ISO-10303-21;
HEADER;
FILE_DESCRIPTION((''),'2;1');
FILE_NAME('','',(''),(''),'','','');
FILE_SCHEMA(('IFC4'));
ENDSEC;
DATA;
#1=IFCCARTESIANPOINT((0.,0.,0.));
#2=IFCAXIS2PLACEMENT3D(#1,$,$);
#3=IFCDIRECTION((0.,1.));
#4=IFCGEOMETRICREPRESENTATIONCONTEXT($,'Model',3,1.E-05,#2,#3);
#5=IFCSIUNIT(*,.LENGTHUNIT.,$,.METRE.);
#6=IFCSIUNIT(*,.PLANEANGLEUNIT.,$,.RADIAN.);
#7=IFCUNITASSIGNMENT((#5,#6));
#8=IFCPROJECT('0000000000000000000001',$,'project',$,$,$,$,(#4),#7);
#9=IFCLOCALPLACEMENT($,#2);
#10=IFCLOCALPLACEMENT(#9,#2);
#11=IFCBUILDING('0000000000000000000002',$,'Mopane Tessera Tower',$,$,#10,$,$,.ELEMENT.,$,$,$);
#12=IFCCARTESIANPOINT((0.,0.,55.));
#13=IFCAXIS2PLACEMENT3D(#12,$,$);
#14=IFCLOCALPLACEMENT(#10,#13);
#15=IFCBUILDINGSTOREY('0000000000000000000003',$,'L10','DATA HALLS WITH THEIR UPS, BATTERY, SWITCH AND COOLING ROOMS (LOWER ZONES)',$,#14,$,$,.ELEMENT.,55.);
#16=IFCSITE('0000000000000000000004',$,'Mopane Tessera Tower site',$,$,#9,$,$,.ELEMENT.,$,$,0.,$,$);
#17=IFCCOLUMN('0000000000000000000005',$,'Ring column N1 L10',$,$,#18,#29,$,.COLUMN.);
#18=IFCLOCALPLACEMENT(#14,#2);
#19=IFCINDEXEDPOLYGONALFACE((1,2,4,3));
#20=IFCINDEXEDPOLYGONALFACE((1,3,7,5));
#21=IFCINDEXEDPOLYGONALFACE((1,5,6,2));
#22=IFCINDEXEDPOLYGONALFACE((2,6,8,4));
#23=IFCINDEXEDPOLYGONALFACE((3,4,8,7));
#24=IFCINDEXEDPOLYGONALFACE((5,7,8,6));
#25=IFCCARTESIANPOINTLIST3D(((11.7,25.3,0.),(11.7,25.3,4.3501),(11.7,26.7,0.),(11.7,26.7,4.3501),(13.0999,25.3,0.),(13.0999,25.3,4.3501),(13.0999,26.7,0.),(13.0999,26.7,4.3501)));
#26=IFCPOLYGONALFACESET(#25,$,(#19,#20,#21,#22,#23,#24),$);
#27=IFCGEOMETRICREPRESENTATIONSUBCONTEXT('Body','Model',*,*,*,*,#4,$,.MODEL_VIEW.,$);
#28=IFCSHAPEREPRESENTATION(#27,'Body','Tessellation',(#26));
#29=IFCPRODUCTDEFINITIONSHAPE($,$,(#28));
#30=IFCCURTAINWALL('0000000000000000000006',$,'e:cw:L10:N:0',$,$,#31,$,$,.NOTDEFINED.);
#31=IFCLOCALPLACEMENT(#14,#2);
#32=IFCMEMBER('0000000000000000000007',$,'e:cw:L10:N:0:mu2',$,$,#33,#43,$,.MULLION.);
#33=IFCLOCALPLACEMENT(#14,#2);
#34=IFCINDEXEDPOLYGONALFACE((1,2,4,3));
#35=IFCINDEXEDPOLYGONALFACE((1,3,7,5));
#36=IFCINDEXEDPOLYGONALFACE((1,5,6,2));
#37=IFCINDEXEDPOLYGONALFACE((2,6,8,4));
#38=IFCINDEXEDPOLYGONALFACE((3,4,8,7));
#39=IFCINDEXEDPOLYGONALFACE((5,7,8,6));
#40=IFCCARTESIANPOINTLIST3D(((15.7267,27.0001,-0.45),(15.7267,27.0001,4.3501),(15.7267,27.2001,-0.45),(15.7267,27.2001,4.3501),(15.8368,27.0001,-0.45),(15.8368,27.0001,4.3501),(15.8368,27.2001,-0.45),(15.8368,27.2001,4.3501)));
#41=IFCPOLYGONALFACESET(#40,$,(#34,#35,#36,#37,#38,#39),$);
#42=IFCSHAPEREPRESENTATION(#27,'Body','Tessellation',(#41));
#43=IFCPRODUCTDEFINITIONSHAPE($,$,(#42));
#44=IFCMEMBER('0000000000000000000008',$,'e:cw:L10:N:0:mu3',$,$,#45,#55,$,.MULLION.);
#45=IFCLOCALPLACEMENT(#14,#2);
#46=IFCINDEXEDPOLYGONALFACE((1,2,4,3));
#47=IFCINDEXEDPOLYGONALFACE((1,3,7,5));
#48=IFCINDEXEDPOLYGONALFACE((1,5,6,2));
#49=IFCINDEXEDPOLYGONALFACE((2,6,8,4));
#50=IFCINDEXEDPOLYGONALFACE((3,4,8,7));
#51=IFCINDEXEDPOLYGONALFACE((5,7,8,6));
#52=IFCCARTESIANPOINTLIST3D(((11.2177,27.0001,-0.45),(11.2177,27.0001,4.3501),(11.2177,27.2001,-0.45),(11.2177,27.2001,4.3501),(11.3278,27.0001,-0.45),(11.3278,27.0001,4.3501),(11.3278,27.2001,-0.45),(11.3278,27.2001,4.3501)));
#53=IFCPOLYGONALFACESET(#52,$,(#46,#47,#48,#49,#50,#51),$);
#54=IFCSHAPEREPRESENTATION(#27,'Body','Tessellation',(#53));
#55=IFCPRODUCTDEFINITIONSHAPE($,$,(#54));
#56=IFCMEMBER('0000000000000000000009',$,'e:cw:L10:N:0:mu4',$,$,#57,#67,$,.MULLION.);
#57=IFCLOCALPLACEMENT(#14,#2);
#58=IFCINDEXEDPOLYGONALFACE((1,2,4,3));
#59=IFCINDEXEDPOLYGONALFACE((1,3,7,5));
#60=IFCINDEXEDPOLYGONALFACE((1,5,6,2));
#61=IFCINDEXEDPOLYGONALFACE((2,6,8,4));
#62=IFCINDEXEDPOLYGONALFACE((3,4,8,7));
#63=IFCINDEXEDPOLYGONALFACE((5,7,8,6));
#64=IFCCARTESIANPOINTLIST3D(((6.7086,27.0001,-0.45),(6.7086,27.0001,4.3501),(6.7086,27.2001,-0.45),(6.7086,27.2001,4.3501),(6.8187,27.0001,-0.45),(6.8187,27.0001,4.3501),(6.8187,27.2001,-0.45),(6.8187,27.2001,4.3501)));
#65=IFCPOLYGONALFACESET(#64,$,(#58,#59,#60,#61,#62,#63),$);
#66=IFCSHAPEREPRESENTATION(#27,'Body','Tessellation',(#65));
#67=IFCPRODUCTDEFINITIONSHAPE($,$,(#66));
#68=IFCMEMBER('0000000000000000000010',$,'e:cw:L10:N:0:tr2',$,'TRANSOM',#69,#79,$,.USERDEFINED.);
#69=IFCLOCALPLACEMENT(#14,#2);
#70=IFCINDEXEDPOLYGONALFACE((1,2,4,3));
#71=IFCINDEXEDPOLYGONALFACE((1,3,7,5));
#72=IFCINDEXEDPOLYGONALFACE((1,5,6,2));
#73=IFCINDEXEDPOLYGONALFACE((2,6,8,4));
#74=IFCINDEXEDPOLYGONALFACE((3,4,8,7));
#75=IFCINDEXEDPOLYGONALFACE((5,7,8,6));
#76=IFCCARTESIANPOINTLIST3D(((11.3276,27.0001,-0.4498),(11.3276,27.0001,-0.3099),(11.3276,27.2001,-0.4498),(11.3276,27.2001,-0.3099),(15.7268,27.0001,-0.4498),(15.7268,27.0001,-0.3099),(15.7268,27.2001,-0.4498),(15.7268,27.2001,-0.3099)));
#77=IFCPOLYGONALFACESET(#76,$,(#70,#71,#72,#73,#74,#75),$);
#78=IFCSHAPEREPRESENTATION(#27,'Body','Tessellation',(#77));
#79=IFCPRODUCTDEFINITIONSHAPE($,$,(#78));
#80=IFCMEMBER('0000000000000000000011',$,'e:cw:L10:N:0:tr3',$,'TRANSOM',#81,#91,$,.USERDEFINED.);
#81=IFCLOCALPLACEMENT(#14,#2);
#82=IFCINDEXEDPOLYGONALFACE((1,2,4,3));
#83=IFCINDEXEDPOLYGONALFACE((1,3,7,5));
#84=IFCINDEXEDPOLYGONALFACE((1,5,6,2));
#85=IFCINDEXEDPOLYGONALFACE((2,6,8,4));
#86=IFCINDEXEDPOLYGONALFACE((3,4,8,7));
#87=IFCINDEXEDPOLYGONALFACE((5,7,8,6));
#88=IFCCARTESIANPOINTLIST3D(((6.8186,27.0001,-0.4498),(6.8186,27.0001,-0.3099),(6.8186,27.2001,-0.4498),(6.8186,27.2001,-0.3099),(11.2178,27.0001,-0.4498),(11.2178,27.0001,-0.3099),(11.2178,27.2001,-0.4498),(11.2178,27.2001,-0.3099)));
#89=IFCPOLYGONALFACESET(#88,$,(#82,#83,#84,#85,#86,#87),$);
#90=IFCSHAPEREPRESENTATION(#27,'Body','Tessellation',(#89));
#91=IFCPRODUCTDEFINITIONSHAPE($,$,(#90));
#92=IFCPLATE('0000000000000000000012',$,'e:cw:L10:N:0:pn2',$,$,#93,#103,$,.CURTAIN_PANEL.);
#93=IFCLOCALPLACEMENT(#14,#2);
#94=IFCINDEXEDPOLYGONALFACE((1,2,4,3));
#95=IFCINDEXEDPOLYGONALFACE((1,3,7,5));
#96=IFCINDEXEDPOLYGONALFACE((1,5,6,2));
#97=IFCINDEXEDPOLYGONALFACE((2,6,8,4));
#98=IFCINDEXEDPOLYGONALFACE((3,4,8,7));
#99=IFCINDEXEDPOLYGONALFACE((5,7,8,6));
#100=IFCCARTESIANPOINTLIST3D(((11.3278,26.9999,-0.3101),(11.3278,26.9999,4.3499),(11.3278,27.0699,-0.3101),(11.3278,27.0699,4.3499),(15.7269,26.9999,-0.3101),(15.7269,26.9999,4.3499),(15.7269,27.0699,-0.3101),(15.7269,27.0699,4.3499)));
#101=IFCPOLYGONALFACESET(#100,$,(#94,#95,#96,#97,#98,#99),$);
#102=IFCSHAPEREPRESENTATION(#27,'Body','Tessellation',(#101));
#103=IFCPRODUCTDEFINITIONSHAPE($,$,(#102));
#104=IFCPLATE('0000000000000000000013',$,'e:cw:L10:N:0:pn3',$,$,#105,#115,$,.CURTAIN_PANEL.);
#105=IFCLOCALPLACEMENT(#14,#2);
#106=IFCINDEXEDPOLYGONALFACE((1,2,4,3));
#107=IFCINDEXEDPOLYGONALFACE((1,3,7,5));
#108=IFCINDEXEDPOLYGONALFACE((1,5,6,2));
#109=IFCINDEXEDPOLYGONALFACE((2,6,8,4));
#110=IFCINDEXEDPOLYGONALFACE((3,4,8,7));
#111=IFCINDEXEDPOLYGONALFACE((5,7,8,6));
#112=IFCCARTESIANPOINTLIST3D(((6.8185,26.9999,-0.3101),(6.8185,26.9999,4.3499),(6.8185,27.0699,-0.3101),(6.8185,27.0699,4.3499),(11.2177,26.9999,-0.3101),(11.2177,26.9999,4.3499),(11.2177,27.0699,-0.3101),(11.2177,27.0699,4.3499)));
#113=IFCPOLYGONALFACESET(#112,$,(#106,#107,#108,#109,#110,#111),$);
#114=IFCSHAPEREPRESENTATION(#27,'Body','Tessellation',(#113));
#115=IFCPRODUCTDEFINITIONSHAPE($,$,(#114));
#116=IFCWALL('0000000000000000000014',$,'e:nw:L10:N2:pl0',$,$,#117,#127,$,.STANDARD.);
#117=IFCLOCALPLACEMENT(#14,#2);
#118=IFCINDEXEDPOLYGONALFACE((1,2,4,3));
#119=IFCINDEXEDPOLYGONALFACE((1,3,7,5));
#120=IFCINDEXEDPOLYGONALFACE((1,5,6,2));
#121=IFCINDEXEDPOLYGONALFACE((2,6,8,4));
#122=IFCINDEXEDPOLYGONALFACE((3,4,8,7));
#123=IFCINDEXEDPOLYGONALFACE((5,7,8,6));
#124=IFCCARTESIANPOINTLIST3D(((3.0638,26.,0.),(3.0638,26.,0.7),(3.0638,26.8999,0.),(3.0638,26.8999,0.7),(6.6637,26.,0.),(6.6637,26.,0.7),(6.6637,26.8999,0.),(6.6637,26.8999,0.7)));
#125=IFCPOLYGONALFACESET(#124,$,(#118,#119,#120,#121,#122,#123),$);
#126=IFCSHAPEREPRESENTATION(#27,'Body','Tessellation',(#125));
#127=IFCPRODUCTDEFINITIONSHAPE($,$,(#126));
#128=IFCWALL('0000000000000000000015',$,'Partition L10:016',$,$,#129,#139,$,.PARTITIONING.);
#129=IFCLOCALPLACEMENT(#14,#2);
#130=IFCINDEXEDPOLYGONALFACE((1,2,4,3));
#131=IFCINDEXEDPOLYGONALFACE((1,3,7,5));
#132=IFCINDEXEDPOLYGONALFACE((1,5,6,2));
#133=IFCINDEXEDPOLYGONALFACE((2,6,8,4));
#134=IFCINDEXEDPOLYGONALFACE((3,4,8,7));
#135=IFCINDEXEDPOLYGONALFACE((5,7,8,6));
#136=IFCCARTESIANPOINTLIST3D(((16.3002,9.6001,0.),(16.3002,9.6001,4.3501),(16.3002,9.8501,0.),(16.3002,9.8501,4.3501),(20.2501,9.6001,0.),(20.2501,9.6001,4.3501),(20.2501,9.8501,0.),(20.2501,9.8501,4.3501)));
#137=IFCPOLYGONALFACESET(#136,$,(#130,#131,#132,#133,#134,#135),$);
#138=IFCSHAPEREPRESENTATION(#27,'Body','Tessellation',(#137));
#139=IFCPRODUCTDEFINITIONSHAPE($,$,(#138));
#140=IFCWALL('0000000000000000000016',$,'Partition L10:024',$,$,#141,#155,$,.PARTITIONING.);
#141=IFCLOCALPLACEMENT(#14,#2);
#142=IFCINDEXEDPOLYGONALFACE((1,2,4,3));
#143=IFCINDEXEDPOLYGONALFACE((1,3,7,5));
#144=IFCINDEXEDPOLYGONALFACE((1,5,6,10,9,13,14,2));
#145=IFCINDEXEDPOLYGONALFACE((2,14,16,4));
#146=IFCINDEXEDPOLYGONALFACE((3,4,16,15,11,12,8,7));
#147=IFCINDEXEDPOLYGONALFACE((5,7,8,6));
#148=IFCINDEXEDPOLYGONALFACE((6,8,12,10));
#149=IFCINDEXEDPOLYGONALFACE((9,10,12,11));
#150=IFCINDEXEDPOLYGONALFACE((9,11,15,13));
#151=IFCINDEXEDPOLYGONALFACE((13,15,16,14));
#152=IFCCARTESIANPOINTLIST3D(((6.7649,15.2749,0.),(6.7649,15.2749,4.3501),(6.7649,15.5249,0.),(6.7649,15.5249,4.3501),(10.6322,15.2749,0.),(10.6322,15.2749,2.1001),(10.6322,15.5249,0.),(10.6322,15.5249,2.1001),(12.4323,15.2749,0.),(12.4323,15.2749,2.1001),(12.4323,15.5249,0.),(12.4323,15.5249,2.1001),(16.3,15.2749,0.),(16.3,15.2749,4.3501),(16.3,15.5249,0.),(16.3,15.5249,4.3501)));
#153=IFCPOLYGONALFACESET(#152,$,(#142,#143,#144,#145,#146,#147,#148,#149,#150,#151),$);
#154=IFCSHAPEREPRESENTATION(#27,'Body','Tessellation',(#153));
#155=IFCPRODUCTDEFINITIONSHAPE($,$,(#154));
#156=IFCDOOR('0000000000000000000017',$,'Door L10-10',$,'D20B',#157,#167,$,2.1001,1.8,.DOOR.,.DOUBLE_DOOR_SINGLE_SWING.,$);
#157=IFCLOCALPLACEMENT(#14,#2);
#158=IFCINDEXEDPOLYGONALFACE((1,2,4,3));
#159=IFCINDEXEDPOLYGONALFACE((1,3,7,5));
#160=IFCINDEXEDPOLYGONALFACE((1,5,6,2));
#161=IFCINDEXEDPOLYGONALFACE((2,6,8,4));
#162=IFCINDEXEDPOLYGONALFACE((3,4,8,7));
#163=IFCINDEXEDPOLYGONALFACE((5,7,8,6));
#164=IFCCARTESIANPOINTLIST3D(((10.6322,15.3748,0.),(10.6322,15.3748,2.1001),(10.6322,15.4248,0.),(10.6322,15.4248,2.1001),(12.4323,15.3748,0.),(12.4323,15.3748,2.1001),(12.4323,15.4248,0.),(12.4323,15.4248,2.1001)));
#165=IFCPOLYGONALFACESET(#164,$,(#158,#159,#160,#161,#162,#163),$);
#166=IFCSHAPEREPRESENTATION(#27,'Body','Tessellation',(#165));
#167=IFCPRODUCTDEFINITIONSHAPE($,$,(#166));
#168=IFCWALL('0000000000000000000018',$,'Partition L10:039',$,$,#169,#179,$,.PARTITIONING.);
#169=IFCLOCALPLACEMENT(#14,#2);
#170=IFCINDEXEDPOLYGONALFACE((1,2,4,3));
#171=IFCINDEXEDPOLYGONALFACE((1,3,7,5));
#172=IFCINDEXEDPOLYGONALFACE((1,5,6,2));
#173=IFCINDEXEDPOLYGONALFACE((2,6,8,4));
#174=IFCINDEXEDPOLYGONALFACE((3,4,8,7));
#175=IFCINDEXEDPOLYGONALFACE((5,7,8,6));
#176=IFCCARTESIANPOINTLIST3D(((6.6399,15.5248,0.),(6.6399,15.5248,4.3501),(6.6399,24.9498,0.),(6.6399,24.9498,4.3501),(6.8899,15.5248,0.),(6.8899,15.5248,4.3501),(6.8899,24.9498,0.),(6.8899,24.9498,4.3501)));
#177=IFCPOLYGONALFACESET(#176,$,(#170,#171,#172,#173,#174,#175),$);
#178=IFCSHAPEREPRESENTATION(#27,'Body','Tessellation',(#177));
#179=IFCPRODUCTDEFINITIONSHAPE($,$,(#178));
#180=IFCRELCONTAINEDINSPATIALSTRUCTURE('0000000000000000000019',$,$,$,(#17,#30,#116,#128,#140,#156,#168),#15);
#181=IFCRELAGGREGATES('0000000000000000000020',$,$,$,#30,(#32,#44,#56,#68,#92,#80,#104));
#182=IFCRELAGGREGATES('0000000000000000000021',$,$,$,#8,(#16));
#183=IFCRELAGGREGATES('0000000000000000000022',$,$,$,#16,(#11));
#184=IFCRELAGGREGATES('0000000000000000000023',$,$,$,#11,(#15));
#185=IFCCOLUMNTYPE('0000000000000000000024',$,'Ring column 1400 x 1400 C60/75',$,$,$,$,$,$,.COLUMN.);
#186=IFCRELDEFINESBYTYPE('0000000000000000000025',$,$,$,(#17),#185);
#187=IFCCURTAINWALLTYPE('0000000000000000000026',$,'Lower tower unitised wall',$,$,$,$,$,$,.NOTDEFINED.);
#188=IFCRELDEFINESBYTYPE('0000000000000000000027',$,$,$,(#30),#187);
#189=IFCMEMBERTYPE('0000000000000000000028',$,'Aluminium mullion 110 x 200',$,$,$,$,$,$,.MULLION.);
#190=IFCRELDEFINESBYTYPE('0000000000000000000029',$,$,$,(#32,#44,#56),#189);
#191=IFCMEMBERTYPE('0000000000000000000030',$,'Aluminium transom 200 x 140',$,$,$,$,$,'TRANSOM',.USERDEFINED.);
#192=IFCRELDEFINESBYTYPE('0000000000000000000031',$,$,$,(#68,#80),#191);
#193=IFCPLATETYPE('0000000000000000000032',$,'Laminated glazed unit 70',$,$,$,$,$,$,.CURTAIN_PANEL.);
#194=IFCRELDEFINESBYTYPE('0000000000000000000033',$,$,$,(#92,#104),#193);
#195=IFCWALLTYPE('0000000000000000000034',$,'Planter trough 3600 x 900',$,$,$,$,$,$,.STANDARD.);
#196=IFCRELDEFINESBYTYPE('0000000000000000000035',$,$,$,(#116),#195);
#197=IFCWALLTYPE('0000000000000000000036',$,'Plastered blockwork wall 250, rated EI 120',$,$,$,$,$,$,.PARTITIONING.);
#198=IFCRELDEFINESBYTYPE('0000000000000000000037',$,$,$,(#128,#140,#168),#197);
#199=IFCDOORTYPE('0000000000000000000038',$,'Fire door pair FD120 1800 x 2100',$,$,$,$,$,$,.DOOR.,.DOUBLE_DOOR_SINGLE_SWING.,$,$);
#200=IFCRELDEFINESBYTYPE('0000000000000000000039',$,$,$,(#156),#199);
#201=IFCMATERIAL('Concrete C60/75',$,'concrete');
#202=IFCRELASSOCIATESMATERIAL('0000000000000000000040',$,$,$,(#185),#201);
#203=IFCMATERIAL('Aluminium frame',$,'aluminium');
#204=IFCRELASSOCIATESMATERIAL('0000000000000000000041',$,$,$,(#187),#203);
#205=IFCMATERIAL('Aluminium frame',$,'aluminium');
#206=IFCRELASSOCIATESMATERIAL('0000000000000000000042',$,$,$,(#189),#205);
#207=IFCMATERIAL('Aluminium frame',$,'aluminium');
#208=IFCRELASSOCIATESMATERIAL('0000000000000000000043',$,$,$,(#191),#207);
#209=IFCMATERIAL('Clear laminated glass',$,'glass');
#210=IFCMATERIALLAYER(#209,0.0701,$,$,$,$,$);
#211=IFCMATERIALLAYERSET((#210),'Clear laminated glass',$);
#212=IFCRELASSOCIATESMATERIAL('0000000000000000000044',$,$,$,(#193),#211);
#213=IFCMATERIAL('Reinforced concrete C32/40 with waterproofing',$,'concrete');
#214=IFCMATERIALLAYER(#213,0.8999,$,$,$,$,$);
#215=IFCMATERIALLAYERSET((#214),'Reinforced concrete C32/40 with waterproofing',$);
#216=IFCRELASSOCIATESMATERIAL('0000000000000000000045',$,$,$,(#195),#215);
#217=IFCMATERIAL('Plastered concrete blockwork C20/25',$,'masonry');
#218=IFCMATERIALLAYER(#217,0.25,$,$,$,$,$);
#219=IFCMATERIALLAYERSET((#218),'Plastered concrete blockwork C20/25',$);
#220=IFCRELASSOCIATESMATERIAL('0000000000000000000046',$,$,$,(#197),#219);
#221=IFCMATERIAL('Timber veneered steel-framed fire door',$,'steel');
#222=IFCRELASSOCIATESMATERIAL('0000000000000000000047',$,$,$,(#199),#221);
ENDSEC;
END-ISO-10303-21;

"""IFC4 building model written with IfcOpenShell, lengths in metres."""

from ifc_helpers import new_model, si_unit, direction, frame, frame_2d, origin, origin_2d, place, context, subcontext, project, spatial, rectangle, extrude, material, layer, layer_set, material_profile, profile_set, type_object, element, fill, aggregate, save


model = new_model("IFC4")

# Units and contexts
model_context = context("Model", 3, precision=1e-05, world=origin(), true_north=direction((0.0, 1.0)))
body_context = subcontext(model_context, "Body", "Model", "MODEL_VIEW")
ifc_project = project(units=[si_unit("LENGTHUNIT", "METRE"), si_unit("PLANEANGLEUNIT", "RADIAN")], contexts=[model_context])

# Site, building, storey
site_placement = place(None, origin())
site = spatial("IfcSite", under=ifc_project, at=site_placement, Name="Mopane Tessera Tower site", CompositionType="ELEMENT", RefElevation=0.0)
building_placement = place(site_placement, origin())
building = spatial("IfcBuilding", under=site, at=building_placement, Name="Mopane Tessera Tower", CompositionType="ELEMENT")
storey_placement = place(building_placement, frame((0.0, 0.0, 55.0)))
storey = spatial("IfcBuildingStorey", under=building, at=storey_placement, Name="L10", Description="DATA HALLS WITH THEIR UPS, BATTERY, SWITCH AND COOLING ROOMS (LOWER ZONES)", CompositionType="ELEMENT", Elevation=55.0)

# Column
ifc_material_1 = material(Name="Concrete C60/75", Category="concrete")
ifc_material_profile_1 = material_profile(ifc_material_1, rectangle(XDim=1.3999, YDim=1.3999, at=origin_2d()))
ifc_profile_set_1 = profile_set([ifc_material_profile_1], Name="Concrete C60/75")
column_type = type_object("IfcColumnType", Name="Ring column 1400 x 1400 C60/75", PredefinedType="COLUMN", material=ifc_profile_set_1)
column_placement = place(storey_placement, frame((12.3999, 26.0, 0.0), z_axis=(0.0, 0.0, 1.0), x_axis=(1.0, 0.0, 0.0)))
element("IfcColumn", 1, at=column_placement, inside=storey, type_object=column_type, Name="Ring column N1 L10", PredefinedType="COLUMN", context=body_context, shape_type="SweptSolid", body=[
    extrude(rectangle(XDim=1.3999, YDim=1.3999, at=origin_2d()), origin(), (0.0, 0.0, 1.0), 4.3501),
])

# Curtain wall, members, plates
ifc_material_2 = material(Name="Aluminium frame", Category="aluminium")
curtain_wall_type = type_object("IfcCurtainWallType", Name="Lower tower unitised wall", PredefinedType="NOTDEFINED", material=ifc_material_2)
curtain_wall_placement = place(storey_placement, origin())
curtain_wall = element("IfcCurtainWall", 2, at=curtain_wall_placement, inside=storey, type_object=curtain_wall_type, Name="e:cw:L10:N:0", PredefinedType="NOTDEFINED")
ifc_material_3 = material(Name="Aluminium frame", Category="aluminium")
ifc_material_profile_2 = material_profile(ifc_material_3, rectangle(XDim=0.1101, YDim=0.2, at=origin_2d()))
ifc_profile_set_2 = profile_set([ifc_material_profile_2], Name="Aluminium frame")
member_type_1 = type_object("IfcMemberType", Name="Aluminium mullion 110 x 200", PredefinedType="MULLION", material=ifc_profile_set_2)
member_1_placement = place(storey_placement, frame((15.7817, 27.1001, -0.45), z_axis=(0.0, 0.0, 1.0), x_axis=(-1.0, 0.0, 0.0)))
member_1 = element("IfcMember", 3, at=member_1_placement, type_object=member_type_1, Name="e:cw:L10:N:0:mu2", PredefinedType="MULLION", context=body_context, shape_type="SweptSolid", body=[
    extrude(rectangle(XDim=0.1101, YDim=0.2, at=origin_2d()), origin(), (0.0, 0.0, 1.0), 4.8),
])
member_2_placement = place(storey_placement, frame((11.2727, 27.1001, -0.45), z_axis=(0.0, 0.0, 1.0), x_axis=(-1.0, 0.0, 0.0)))
member_2 = element("IfcMember", 4, at=member_2_placement, type_object=member_type_1, Name="e:cw:L10:N:0:mu3", PredefinedType="MULLION", context=body_context, shape_type="SweptSolid", body=[
    extrude(rectangle(XDim=0.1101, YDim=0.2, at=origin_2d()), origin(), (0.0, 0.0, 1.0), 4.8),
])
member_3_placement = place(storey_placement, frame((6.7637, 27.1001, -0.45), z_axis=(0.0, 0.0, 1.0), x_axis=(-1.0, 0.0, 0.0)))
member_3 = element("IfcMember", 5, at=member_3_placement, type_object=member_type_1, Name="e:cw:L10:N:0:mu4", PredefinedType="MULLION", context=body_context, shape_type="SweptSolid", body=[
    extrude(rectangle(XDim=0.1101, YDim=0.2, at=origin_2d()), origin(), (0.0, 0.0, 1.0), 4.8),
])
ifc_material_4 = material(Name="Aluminium frame", Category="aluminium")
ifc_material_profile_3 = material_profile(ifc_material_4, rectangle(XDim=0.2, YDim=0.1399, at=origin_2d()))
ifc_profile_set_3 = profile_set([ifc_material_profile_3], Name="Aluminium frame")
member_type_2 = type_object("IfcMemberType", Name="Aluminium transom 200 x 140", ElementType="TRANSOM", PredefinedType="USERDEFINED", material=ifc_profile_set_3)
member_4_placement = place(storey_placement, frame((15.7268, 27.1001, -0.3799), z_axis=(-1.0, 0.0, 0.0), x_axis=(0.0, -1.0, 0.0)))
member_4 = element("IfcMember", 6, at=member_4_placement, type_object=member_type_2, Name="e:cw:L10:N:0:tr2", ObjectType="TRANSOM", PredefinedType="USERDEFINED", context=body_context, shape_type="SweptSolid", body=[
    extrude(rectangle(XDim=0.2, YDim=0.1399, at=origin_2d()), origin(), (0.0, 0.0, 1.0), 4.3992),
])
member_5_placement = place(storey_placement, frame((11.2178, 27.1001, -0.3799), z_axis=(-1.0, 0.0, 0.0), x_axis=(0.0, -1.0, 0.0)))
member_5 = element("IfcMember", 7, at=member_5_placement, type_object=member_type_2, Name="e:cw:L10:N:0:tr3", ObjectType="TRANSOM", PredefinedType="USERDEFINED", context=body_context, shape_type="SweptSolid", body=[
    extrude(rectangle(XDim=0.2, YDim=0.1399, at=origin_2d()), origin(), (0.0, 0.0, 1.0), 4.3992),
])
ifc_material_5 = material(Name="Clear laminated glass", Category="glass")
ifc_layer_1 = layer(ifc_material_5, 0.0701)
ifc_layer_set_1 = layer_set([ifc_layer_1], Name="Clear laminated glass")
plate_type = type_object("IfcPlateType", Name="Laminated glazed unit 70", PredefinedType="CURTAIN_PANEL", material=ifc_layer_set_1)
plate_1_placement = place(storey_placement, frame((13.5273, 27.0349, -0.3101), z_axis=(0.0, 0.0, 1.0), x_axis=(-1.0, 0.0, 0.0)))
plate_1 = element("IfcPlate", 8, at=plate_1_placement, type_object=plate_type, Name="e:cw:L10:N:0:pn2", PredefinedType="CURTAIN_PANEL", context=body_context, shape_type="SweptSolid", body=[
    extrude(rectangle(XDim=4.3992, YDim=0.0701, at=origin_2d()), origin(), (0.0, 0.0, 1.0), 4.6599),
])
plate_2_placement = place(storey_placement, frame((9.0181, 27.0349, -0.3101), z_axis=(0.0, 0.0, 1.0), x_axis=(-1.0, 0.0, 0.0)))
plate_2 = element("IfcPlate", 9, at=plate_2_placement, type_object=plate_type, Name="e:cw:L10:N:0:pn3", PredefinedType="CURTAIN_PANEL", context=body_context, shape_type="SweptSolid", body=[
    extrude(rectangle(XDim=4.3992, YDim=0.0701, at=origin_2d()), origin(), (0.0, 0.0, 1.0), 4.6599),
])
aggregate(curtain_wall, [member_1, member_2, member_3, member_4, plate_1, member_5, plate_2])

# Walls
ifc_material_6 = material(Name="Reinforced concrete C32/40 with waterproofing", Category="concrete")
ifc_layer_2 = layer(ifc_material_6, 0.8999)
ifc_layer_set_2 = layer_set([ifc_layer_2], Name="Reinforced concrete C32/40 with waterproofing")
wall_type_1 = type_object("IfcWallType", Name="Planter trough 3600 x 900", PredefinedType="STANDARD", material=ifc_layer_set_2)
wall_1_placement = place(storey_placement, frame((6.6636, 26.45, 0.0), z_axis=(0.0, 0.0, 1.0), x_axis=(-1.0, 0.0, 0.0)))
element("IfcWall", 10, at=wall_1_placement, inside=storey, type_object=wall_type_1, Name="e:nw:L10:N2:pl0", PredefinedType="STANDARD", context=body_context, shape_type="SweptSolid", body=[
    extrude(rectangle(XDim=3.5999, YDim=0.8999, at=frame_2d((1.7998, 0.0))), origin(), (0.0, 0.0, 1.0), 0.7),
])
ifc_material_7 = material(Name="Plastered concrete blockwork C20/25", Category="masonry")
ifc_layer_3 = layer(ifc_material_7, 0.25)
ifc_layer_set_3 = layer_set([ifc_layer_3], Name="Plastered concrete blockwork C20/25")
wall_type_2 = type_object("IfcWallType", Name="Plastered blockwork wall 250, rated EI 120", PredefinedType="PARTITIONING", material=ifc_layer_set_3)
wall_2_placement = place(storey_placement, frame((16.3, 9.7251, 0.0), z_axis=(0.0, 0.0, 1.0), x_axis=(1.0, 0.0, 0.0)))
element("IfcWall", 11, at=wall_2_placement, inside=storey, type_object=wall_type_2, Name="Partition L10:016", PredefinedType="PARTITIONING", context=body_context, shape_type="SweptSolid", body=[
    extrude(rectangle(XDim=3.95, YDim=0.25, at=frame_2d((1.9751, 0.0))), origin(), (0.0, 0.0, 1.0), 4.3501),
])

# Wall, opening, door
wall_3_placement = place(storey_placement, frame((6.7649, 15.3999, 0.0), z_axis=(0.0, 0.0, 1.0), x_axis=(1.0, 0.0, 0.0)))
wall_3 = element("IfcWall", 12, at=wall_3_placement, inside=storey, type_object=wall_type_2, Name="Partition L10:024", PredefinedType="PARTITIONING", context=body_context, shape_type="SweptSolid", body=[
    extrude(rectangle(XDim=9.5352, YDim=0.25, at=frame_2d((4.7676, 0.0))), origin(), (0.0, 0.0, 1.0), 4.3501),
])
opening_1_placement = place(wall_3_placement, frame((3.8674, 0.0, 0.0)))
opening_1 = element("IfcOpeningElement", 13, at=opening_1_placement, cuts=wall_3, PredefinedType="OPENING", context=body_context, shape_type="SweptSolid", body=[
    extrude(rectangle(XDim=1.8, YDim=2.1001, at=frame_2d((0.8999, 1.05))), frame((0.0, 0.137, 0.0), z_axis=(0.0, -1.0, 0.0), x_axis=(1.0, 0.0, 0.0)), (0.0, 0.0, 1.0), 0.2739),
])
ifc_material_8 = material(Name="Timber veneered steel-framed fire door", Category="steel")
door_type_1 = type_object("IfcDoorType", Name="Fire door pair FD120 1800 x 2100", OperationType="DOUBLE_DOOR_SINGLE_SWING", PredefinedType="DOOR", material=ifc_material_8)
door_1_placement = place(opening_1_placement, origin())
door_1 = element("IfcDoor", 14, at=door_1_placement, inside=storey, type_object=door_type_1, Name="Door L10-10", ObjectType="D20B", OperationType="DOUBLE_DOOR_SINGLE_SWING", OverallHeight=2.1001, OverallWidth=1.8, PredefinedType="DOOR", context=body_context, shape_type="SweptSolid", body=[
    extrude(rectangle(XDim=1.8, YDim=2.1001, at=frame_2d((0.8999, 1.05))), frame((0.0, 0.0249, 0.0), z_axis=(0.0, -1.0, 0.0), x_axis=(1.0, 0.0, 0.0)), (0.0, 0.0, 1.0), 0.05),
])
fill(opening_1, door_1)

# Wall
wall_4_placement = place(storey_placement, frame((6.7649, 15.5249, 0.0), z_axis=(0.0, 0.0, 1.0), x_axis=(0.0, 1.0, 0.0)))
element("IfcWall", 15, at=wall_4_placement, inside=storey, type_object=wall_type_2, Name="Partition L10:039", PredefinedType="PARTITIONING", context=body_context, shape_type="SweptSolid", body=[
    extrude(rectangle(XDim=9.425, YDim=0.25, at=frame_2d((4.7124, 0.0))), origin(), (0.0, 0.0, 1.0), 4.3501),
])

save(model, "model.ifc")
